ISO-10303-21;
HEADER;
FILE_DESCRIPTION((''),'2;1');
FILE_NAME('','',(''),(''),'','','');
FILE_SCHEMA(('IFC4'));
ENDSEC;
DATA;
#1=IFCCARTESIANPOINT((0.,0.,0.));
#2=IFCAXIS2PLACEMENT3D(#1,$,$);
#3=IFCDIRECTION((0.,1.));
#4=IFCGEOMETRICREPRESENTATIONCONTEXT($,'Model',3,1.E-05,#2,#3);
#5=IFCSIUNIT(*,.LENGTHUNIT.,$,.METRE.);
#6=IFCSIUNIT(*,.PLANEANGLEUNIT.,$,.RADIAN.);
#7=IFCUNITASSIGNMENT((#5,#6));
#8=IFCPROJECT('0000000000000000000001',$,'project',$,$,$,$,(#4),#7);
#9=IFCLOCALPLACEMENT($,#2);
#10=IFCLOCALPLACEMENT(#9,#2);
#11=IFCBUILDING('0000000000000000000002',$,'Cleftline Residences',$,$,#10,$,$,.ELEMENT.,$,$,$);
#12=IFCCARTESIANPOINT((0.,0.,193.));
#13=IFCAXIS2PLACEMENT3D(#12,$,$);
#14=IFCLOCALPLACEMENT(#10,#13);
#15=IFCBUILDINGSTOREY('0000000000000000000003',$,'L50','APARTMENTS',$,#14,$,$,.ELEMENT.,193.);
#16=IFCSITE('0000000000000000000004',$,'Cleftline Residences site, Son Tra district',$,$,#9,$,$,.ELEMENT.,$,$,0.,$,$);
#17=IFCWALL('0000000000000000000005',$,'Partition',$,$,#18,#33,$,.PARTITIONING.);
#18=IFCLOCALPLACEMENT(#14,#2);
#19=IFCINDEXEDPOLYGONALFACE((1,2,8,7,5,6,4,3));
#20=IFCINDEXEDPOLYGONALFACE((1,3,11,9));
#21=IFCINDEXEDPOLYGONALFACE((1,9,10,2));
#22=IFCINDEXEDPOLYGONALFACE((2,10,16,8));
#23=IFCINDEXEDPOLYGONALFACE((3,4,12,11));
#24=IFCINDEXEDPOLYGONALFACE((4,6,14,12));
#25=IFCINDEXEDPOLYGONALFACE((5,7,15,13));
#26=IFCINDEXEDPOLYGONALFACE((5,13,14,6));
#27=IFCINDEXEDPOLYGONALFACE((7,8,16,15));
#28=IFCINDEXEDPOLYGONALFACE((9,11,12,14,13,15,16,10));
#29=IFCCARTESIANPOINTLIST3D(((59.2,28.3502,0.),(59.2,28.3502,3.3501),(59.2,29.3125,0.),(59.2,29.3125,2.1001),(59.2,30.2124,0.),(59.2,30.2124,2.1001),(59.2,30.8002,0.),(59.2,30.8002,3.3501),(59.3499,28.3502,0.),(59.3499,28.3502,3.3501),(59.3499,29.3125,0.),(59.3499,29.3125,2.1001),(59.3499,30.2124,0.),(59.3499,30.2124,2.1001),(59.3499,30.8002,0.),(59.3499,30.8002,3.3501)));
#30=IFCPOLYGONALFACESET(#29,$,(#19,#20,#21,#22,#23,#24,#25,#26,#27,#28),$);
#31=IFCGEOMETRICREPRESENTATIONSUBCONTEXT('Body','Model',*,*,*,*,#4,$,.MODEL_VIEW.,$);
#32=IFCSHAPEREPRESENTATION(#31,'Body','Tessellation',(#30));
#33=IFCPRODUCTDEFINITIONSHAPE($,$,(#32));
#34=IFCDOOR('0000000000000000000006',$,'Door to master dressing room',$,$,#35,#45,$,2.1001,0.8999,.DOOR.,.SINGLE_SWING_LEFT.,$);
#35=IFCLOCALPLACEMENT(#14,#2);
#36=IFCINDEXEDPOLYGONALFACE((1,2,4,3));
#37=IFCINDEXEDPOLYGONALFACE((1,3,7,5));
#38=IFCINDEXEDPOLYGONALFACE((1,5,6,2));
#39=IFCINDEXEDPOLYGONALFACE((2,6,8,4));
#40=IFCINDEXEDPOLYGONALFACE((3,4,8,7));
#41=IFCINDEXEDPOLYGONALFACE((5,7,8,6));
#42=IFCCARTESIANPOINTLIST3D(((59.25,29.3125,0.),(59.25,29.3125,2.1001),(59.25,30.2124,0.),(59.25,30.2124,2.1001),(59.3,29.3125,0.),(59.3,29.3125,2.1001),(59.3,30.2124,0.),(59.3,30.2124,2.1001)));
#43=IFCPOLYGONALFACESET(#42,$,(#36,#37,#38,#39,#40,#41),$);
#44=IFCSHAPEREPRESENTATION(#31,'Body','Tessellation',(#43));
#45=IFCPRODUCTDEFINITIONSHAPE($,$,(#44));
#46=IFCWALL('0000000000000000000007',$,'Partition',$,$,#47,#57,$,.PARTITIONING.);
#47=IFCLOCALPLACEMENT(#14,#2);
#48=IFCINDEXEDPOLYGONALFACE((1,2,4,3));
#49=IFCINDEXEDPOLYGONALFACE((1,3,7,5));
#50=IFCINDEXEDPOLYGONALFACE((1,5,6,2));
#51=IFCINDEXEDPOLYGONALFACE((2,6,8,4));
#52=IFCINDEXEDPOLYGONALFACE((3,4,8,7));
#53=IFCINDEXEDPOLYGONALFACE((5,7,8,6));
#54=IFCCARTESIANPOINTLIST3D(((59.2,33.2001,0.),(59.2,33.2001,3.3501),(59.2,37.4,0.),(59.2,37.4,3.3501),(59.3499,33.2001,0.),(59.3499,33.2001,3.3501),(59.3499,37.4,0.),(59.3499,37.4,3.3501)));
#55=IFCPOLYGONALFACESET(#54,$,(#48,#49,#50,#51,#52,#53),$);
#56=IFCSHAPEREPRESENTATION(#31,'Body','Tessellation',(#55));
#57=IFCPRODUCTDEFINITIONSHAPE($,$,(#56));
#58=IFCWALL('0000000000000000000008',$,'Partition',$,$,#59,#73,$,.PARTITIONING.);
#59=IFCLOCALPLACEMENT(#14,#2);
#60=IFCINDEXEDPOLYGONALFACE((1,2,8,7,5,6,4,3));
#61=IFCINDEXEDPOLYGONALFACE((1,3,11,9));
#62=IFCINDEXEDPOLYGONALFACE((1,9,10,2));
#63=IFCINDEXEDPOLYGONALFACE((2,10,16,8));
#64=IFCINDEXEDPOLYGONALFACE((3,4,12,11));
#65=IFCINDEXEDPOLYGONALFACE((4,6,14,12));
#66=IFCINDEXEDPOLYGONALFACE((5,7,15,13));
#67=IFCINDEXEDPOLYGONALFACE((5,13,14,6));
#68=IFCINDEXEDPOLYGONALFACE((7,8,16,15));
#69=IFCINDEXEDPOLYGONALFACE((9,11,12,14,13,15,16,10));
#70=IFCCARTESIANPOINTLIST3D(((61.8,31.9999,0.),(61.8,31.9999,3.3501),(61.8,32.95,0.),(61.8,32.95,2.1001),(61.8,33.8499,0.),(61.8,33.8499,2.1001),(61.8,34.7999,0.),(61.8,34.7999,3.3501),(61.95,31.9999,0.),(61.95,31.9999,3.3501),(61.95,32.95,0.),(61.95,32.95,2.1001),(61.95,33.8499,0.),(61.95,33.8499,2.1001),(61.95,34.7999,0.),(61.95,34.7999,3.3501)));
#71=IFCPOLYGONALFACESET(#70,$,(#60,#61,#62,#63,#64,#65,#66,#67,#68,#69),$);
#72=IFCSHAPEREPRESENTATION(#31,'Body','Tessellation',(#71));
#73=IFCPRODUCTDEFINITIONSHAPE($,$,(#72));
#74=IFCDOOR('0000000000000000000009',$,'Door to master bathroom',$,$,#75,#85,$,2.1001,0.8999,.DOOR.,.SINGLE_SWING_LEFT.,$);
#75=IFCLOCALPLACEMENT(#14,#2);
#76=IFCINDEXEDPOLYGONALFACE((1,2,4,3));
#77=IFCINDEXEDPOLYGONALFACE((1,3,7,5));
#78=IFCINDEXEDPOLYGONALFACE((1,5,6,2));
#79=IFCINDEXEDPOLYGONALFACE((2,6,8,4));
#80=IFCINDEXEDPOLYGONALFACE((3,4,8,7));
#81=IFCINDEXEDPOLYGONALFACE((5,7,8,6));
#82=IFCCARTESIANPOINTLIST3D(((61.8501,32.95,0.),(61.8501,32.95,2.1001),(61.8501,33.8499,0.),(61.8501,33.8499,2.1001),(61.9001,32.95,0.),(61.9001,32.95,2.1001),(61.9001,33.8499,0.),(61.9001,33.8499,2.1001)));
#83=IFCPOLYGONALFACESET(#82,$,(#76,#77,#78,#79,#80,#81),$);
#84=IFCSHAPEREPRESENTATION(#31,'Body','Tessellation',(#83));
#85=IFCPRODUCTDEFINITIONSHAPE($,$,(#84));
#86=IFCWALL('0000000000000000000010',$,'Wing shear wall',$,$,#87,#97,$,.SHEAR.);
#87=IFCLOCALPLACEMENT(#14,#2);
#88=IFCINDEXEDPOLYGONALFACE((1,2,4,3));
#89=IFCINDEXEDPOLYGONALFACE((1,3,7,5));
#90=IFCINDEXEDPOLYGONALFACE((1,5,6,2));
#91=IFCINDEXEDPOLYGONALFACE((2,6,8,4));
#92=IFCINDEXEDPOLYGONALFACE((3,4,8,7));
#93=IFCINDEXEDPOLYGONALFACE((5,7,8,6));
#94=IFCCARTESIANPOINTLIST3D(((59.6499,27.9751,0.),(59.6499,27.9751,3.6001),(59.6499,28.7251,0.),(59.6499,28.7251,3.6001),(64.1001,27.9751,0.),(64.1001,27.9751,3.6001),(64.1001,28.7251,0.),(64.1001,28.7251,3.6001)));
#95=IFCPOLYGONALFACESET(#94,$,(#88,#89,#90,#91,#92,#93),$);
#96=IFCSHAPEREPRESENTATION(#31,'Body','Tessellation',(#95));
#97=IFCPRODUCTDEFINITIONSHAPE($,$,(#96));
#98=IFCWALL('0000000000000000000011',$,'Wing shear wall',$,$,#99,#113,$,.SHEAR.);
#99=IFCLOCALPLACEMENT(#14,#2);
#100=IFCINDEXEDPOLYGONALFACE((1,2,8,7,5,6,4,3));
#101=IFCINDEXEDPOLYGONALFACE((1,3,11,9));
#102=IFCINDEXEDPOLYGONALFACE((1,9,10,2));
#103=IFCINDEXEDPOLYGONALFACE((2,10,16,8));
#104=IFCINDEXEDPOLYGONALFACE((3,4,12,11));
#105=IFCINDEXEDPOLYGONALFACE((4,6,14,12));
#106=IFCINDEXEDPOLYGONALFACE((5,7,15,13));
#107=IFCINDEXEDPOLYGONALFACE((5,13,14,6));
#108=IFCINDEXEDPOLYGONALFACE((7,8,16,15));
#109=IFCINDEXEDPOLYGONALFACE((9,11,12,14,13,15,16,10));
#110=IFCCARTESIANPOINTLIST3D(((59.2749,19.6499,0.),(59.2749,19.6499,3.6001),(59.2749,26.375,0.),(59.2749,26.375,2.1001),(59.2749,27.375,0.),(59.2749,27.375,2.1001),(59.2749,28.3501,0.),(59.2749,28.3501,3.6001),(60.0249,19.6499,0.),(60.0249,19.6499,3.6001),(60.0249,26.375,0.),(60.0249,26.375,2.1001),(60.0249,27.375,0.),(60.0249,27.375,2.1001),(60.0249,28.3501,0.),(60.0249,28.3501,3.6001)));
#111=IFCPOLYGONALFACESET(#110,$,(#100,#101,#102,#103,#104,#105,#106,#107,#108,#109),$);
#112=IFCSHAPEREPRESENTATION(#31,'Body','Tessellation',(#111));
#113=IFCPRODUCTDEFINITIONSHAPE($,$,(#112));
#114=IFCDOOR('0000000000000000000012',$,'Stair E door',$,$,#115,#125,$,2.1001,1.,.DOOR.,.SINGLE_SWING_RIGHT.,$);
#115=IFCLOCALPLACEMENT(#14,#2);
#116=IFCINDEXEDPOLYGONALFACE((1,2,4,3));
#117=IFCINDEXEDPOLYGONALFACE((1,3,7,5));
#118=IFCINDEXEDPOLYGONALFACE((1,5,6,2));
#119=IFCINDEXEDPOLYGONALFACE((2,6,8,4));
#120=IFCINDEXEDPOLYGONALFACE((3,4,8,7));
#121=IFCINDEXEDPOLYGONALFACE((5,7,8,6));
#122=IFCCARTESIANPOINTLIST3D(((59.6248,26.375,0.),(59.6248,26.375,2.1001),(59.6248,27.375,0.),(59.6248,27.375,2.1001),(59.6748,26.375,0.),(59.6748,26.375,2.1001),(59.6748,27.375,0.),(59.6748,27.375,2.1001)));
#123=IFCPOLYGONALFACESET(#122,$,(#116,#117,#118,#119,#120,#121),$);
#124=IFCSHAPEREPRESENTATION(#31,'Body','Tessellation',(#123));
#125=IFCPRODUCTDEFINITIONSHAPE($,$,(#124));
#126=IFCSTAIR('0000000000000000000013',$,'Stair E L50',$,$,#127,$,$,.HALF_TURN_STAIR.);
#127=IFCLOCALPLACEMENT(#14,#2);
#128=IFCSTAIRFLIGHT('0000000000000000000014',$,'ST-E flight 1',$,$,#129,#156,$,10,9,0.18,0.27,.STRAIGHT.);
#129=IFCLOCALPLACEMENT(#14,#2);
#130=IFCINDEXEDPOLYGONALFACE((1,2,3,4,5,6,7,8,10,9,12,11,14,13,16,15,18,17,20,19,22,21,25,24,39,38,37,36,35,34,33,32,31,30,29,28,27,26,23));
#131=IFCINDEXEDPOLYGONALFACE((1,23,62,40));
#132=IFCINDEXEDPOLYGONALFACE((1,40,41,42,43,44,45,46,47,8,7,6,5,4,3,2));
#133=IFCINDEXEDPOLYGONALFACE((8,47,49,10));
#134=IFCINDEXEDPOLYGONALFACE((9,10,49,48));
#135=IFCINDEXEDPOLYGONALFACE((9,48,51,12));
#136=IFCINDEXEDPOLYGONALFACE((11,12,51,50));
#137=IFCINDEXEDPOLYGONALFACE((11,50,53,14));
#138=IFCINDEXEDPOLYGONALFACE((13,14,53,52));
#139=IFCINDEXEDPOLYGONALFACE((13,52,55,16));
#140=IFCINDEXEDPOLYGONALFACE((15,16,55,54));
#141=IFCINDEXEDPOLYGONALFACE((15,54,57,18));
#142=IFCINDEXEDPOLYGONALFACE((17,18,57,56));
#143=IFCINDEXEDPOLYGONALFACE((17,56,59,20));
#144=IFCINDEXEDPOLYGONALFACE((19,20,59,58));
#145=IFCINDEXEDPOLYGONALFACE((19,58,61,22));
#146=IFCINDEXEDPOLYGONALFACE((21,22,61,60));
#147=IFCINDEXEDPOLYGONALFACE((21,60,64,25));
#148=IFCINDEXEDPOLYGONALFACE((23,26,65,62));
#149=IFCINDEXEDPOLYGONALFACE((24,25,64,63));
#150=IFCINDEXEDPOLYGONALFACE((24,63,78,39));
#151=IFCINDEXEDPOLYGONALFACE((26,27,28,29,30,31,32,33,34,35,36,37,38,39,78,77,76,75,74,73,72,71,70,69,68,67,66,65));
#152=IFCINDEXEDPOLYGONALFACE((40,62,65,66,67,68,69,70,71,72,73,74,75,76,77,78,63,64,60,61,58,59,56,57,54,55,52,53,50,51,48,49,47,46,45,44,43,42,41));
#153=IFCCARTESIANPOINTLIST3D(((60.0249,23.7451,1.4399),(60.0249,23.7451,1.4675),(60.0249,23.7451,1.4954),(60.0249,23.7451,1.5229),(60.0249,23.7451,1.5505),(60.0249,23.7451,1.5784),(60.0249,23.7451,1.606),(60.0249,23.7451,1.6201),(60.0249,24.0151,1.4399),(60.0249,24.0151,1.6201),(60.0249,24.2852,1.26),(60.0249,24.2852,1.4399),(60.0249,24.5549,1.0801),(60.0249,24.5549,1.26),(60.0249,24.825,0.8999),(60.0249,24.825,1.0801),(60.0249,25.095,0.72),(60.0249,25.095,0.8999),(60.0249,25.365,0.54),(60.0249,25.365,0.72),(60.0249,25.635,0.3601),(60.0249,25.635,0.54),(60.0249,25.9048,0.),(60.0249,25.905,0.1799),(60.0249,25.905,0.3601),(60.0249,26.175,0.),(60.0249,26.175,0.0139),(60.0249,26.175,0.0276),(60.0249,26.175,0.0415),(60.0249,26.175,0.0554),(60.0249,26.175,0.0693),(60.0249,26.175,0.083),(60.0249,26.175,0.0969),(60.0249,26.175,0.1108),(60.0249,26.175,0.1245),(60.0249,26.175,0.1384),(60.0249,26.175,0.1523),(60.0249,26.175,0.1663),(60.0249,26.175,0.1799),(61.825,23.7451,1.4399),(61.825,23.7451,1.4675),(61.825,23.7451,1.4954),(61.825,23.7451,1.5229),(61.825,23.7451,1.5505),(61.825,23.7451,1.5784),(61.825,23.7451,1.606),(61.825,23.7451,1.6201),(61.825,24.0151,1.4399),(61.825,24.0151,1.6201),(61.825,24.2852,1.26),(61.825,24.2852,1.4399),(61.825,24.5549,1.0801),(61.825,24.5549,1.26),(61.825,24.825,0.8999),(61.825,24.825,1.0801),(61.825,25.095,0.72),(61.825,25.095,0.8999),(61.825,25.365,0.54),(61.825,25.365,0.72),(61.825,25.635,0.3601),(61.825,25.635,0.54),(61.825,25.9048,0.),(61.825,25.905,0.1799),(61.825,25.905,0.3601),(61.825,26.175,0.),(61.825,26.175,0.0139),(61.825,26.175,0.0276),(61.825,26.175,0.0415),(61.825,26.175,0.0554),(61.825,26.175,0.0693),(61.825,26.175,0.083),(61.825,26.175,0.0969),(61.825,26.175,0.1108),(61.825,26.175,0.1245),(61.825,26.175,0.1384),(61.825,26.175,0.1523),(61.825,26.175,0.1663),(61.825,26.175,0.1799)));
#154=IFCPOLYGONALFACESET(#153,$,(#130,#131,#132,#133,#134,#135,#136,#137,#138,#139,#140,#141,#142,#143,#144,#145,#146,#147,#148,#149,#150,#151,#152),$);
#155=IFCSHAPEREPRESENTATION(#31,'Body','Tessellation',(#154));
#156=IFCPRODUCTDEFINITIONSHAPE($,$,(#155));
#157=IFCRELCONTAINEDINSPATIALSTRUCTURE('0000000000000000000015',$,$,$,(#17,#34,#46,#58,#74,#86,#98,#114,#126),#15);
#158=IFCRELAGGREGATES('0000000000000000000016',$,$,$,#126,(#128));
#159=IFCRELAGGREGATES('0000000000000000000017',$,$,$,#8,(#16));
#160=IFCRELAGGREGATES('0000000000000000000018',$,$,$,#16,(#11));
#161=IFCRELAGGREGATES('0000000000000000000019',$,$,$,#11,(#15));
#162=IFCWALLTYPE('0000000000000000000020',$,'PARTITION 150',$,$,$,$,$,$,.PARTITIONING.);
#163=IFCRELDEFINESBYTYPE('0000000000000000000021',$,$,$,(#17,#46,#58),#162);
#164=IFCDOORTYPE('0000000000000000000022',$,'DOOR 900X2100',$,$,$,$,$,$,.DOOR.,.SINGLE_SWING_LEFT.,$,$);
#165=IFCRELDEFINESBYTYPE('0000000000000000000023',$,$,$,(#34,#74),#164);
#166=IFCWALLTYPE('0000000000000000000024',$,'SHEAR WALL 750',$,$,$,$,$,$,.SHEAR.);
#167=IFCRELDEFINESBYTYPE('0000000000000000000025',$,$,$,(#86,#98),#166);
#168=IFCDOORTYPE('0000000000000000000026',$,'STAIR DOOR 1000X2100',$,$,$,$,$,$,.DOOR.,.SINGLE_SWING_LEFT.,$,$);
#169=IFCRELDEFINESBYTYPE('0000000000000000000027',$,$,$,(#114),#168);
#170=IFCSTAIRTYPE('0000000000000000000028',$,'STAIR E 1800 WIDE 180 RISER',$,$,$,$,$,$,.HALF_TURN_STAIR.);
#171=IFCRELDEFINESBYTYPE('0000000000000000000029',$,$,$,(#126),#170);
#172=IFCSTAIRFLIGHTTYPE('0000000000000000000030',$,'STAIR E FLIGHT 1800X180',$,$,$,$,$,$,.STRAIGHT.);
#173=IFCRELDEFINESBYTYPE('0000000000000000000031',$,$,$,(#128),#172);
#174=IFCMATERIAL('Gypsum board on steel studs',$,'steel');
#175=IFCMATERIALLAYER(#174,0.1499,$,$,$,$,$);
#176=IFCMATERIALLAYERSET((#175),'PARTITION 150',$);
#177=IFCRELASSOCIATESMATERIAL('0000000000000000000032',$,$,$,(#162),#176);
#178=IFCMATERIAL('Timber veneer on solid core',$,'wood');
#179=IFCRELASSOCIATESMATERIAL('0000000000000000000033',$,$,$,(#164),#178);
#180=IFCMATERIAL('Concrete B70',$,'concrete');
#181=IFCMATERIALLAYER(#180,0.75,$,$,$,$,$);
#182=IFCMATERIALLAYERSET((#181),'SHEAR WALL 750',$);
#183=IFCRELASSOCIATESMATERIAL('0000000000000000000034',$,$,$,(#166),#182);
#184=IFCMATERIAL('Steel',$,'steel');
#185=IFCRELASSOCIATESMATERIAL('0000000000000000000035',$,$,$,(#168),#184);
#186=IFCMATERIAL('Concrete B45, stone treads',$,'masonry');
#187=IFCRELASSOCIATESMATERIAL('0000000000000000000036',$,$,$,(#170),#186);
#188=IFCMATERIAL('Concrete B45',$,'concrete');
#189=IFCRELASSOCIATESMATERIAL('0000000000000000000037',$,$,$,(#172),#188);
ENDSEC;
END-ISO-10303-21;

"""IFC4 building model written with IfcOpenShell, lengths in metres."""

from ifc_helpers import new_model, si_unit, direction, frame, frame_2d, origin, place, context, subcontext, project, spatial, polyline, rectangle, outline, extrude, material, layer, layer_set, type_object, element, fill, aggregate, save


model = new_model("IFC4")

# Units and contexts
model_context = context("Model", 3, precision=1e-05, world=origin(), true_north=direction((0.0, 1.0)))
body_context = subcontext(model_context, "Body", "Model", "MODEL_VIEW")
ifc_project = project(units=[si_unit("LENGTHUNIT", "METRE"), si_unit("PLANEANGLEUNIT", "RADIAN")], contexts=[model_context])

# Site, building, storey
site_placement = place(None, origin())
site = spatial("IfcSite", under=ifc_project, at=site_placement, Name="Cleftline Residences site, Son Tra district", CompositionType="ELEMENT", RefElevation=0.0)
building_placement = place(site_placement, origin())
building = spatial("IfcBuilding", under=site, at=building_placement, Name="Cleftline Residences", CompositionType="ELEMENT")
storey_placement = place(building_placement, frame((0.0, 0.0, 193.0)))
storey = spatial("IfcBuildingStorey", under=building, at=storey_placement, Name="L50", Description="APARTMENTS", CompositionType="ELEMENT", Elevation=193.0)

# Shared definitions
ifc_material_1 = material(Name="Gypsum board on steel studs", Category="steel")
ifc_layer_1 = layer(ifc_material_1, 0.1499)
ifc_layer_set_1 = layer_set([ifc_layer_1], Name="PARTITION 150")
wall_type_1 = type_object("IfcWallType", Name="PARTITION 150", PredefinedType="PARTITIONING", material=ifc_layer_set_1)

# Wall, opening, door
wall_1_placement = place(storey_placement, frame((59.2749, 28.3501, 0.0), z_axis=(0.0, 0.0, 1.0), x_axis=(0.0, 1.0, 0.0)))
wall_1 = element("IfcWall", 1, at=wall_1_placement, inside=storey, type_object=wall_type_1, Name="Partition", PredefinedType="PARTITIONING", context=body_context, shape_type="SweptSolid", body=[
    extrude(rectangle(XDim=2.45, YDim=0.1499, at=frame_2d((1.2251, 0.0))), origin(), (0.0, 0.0, 1.0), 3.3501),
])
opening_1_placement = place(wall_1_placement, frame((0.9624, 0.0, 0.0)))
opening_1 = element("IfcOpeningElement", 2, at=opening_1_placement, cuts=wall_1, PredefinedType="OPENING", context=body_context, shape_type="SweptSolid", body=[
    extrude(rectangle(XDim=0.8999, YDim=2.1001, at=frame_2d((0.45, 1.05))), frame((0.0, 0.085, 0.0), z_axis=(0.0, -1.0, 0.0), x_axis=(1.0, 0.0, 0.0)), (0.0, 0.0, 1.0), 0.1699),
])
ifc_material_2 = material(Name="Timber veneer on solid core", Category="wood")
door_type_1 = type_object("IfcDoorType", Name="DOOR 900X2100", OperationType="SINGLE_SWING_LEFT", PredefinedType="DOOR", material=ifc_material_2)
door_1_placement = place(opening_1_placement, origin())
door_1 = element("IfcDoor", 3, at=door_1_placement, inside=storey, type_object=door_type_1, Name="Door to master dressing room", OperationType="SINGLE_SWING_LEFT", OverallHeight=2.1001, OverallWidth=0.8999, PredefinedType="DOOR", context=body_context, shape_type="SweptSolid", body=[
    extrude(rectangle(XDim=0.8999, YDim=2.1001, at=frame_2d((0.45, 1.05))), frame((0.0, 0.0249, 0.0), z_axis=(0.0, -1.0, 0.0), x_axis=(1.0, 0.0, 0.0)), (0.0, 0.0, 1.0), 0.05),
])
fill(opening_1, door_1)

# Wall
wall_2_placement = place(storey_placement, frame((59.2749, 33.2, 0.0), z_axis=(0.0, 0.0, 1.0), x_axis=(0.0, 1.0, 0.0)))
element("IfcWall", 4, at=wall_2_placement, inside=storey, type_object=wall_type_1, Name="Partition", PredefinedType="PARTITIONING", context=body_context, shape_type="SweptSolid", body=[
    extrude(rectangle(XDim=4.2, YDim=0.1499, at=frame_2d((2.1001, 0.0))), origin(), (0.0, 0.0, 1.0), 3.3501),
])

# Wall, opening, door
wall_3_placement = place(storey_placement, frame((61.875, 32.0, 0.0), z_axis=(0.0, 0.0, 1.0), x_axis=(0.0, 1.0, 0.0)))
wall_3 = element("IfcWall", 5, at=wall_3_placement, inside=storey, type_object=wall_type_1, Name="Partition", PredefinedType="PARTITIONING", context=body_context, shape_type="SweptSolid", body=[
    extrude(rectangle(XDim=2.8, YDim=0.1499, at=frame_2d((1.3999, 0.0))), origin(), (0.0, 0.0, 1.0), 3.3501),
])
opening_2_placement = place(wall_3_placement, frame((0.95, 0.0, 0.0)))
opening_2 = element("IfcOpeningElement", 6, at=opening_2_placement, cuts=wall_3, PredefinedType="OPENING", context=body_context, shape_type="SweptSolid", body=[
    extrude(rectangle(XDim=0.8999, YDim=2.1001, at=frame_2d((0.45, 1.05))), frame((0.0, 0.085, 0.0), z_axis=(0.0, -1.0, 0.0), x_axis=(1.0, 0.0, 0.0)), (0.0, 0.0, 1.0), 0.1699),
])
door_2_placement = place(opening_2_placement, origin())
door_2 = element("IfcDoor", 7, at=door_2_placement, inside=storey, type_object=door_type_1, Name="Door to master bathroom", OperationType="SINGLE_SWING_LEFT", OverallHeight=2.1001, OverallWidth=0.8999, PredefinedType="DOOR", context=body_context, shape_type="SweptSolid", body=[
    extrude(rectangle(XDim=0.8999, YDim=2.1001, at=frame_2d((0.45, 1.05))), frame((0.0, 0.0249, 0.0), z_axis=(0.0, -1.0, 0.0), x_axis=(1.0, 0.0, 0.0)), (0.0, 0.0, 1.0), 0.05),
])
fill(opening_2, door_2)

# Wall
ifc_material_3 = material(Name="Concrete B70", Category="concrete")
ifc_layer_2 = layer(ifc_material_3, 0.75)
ifc_layer_set_2 = layer_set([ifc_layer_2], Name="SHEAR WALL 750")
wall_type_2 = type_object("IfcWallType", Name="SHEAR WALL 750", PredefinedType="SHEAR", material=ifc_layer_set_2)
wall_4_placement = place(storey_placement, frame((64.1001, 28.3501, 0.0), z_axis=(0.0, 0.0, 1.0), x_axis=(-1.0, 0.0, 0.0)))
element("IfcWall", 8, at=wall_4_placement, inside=storey, type_object=wall_type_2, Name="Wing shear wall", PredefinedType="SHEAR", context=body_context, shape_type="SweptSolid", body=[
    extrude(rectangle(XDim=4.4502, YDim=0.75, at=frame_2d((2.2251, 0.0))), origin(), (0.0, 0.0, 1.0), 3.6001),
])

# Wall, opening, door
wall_5_placement = place(storey_placement, frame((59.6499, 28.3501, 0.0), z_axis=(0.0, 0.0, 1.0), x_axis=(0.0, -1.0, 0.0)))
wall_5 = element("IfcWall", 9, at=wall_5_placement, inside=storey, type_object=wall_type_2, Name="Wing shear wall", PredefinedType="SHEAR", context=body_context, shape_type="SweptSolid", body=[
    extrude(rectangle(XDim=8.7002, YDim=0.75, at=frame_2d((4.3501, 0.0))), origin(), (0.0, 0.0, 1.0), 3.6001),
])
opening_3_placement = place(wall_5_placement, frame((0.9751, 0.0, 0.0)))
opening_3 = element("IfcOpeningElement", 10, at=opening_3_placement, cuts=wall_5, PredefinedType="OPENING", context=body_context, shape_type="SweptSolid", body=[
    extrude(rectangle(XDim=1.0, YDim=2.1001, at=frame_2d((0.5, 1.05))), frame((0.0, 0.385, 0.0), z_axis=(0.0, -1.0, 0.0), x_axis=(1.0, 0.0, 0.0)), (0.0, 0.0, 1.0), 0.77),
])
ifc_material_4 = material(Name="Steel", Category="steel")
door_type_2 = type_object("IfcDoorType", Name="STAIR DOOR 1000X2100", OperationType="SINGLE_SWING_LEFT", PredefinedType="DOOR", material=ifc_material_4)
door_3_placement = place(opening_3_placement, origin())
door_3 = element("IfcDoor", 11, at=door_3_placement, inside=storey, type_object=door_type_2, Name="Stair E door", OperationType="SINGLE_SWING_RIGHT", OverallHeight=2.1001, OverallWidth=1.0, PredefinedType="DOOR", context=body_context, shape_type="SweptSolid", body=[
    extrude(rectangle(XDim=1.0, YDim=2.1001, at=frame_2d((0.5, 1.05))), frame((0.0, 0.0249, 0.0), z_axis=(0.0, -1.0, 0.0), x_axis=(1.0, 0.0, 0.0)), (0.0, 0.0, 1.0), 0.05),
])
fill(opening_3, door_3)

# Stair, stair flight
ifc_material_5 = material(Name="Concrete B45, stone treads", Category="masonry")
stair_type = type_object("IfcStairType", Name="STAIR E 1800 WIDE 180 RISER", PredefinedType="HALF_TURN_STAIR", material=ifc_material_5)
stair_placement = place(storey_placement, origin())
stair = element("IfcStair", 12, at=stair_placement, inside=storey, type_object=stair_type, Name="Stair E L50", PredefinedType="HALF_TURN_STAIR")
ifc_material_6 = material(Name="Concrete B45", Category="concrete")
stair_flight_type = type_object("IfcStairFlightType", Name="STAIR E FLIGHT 1800X180", PredefinedType="STRAIGHT", material=ifc_material_6)
stair_flight_placement = place(storey_placement, frame((60.925, 26.175, 0.0), z_axis=(0.0, 0.0, 1.0), x_axis=(0.0, -1.0, 0.0)))
stair_flight = element("IfcStairFlight", 13, at=stair_flight_placement, type_object=stair_flight_type, Name="ST-E flight 1", NumberOfRisers=10, NumberOfTreads=9, PredefinedType="STRAIGHT", RiserHeight=0.18, TreadLength=0.27, context=body_context, shape_type="SweptSolid", body=[
    extrude(outline(polyline([(0.0, 0.0), (0.0, 0.0139), (0.0, 0.0276), (0.0, 0.0415), (0.0, 0.0554), (0.0, 0.0693), (0.0, 0.083), (0.0, 0.0969), (0.0, 0.1108), (0.0, 0.1245), (0.0, 0.1384), (0.0, 0.1523), (0.0, 0.1663), (0.0, 0.1799), (0.27, 0.1799), (0.27, 0.3601), (0.54, 0.3601), (0.54, 0.54), (0.8101, 0.54), (0.8101, 0.72), (1.0801, 0.72), (1.0801, 0.8999), (1.3501, 0.8999), (1.3501, 1.0801), (1.6201, 1.0801), (1.6201, 1.26), (1.8899, 1.26), (1.8899, 1.4399), (2.1599, 1.4399), (2.1599, 1.6201), (2.4299, 1.6201), (2.4299, 1.8), (2.4299, 1.7722), (2.4299, 1.7446), (2.4299, 1.7168), (2.4299, 1.6892), (2.4299, 1.6614), (2.4299, 1.6338), (2.4299, 1.606), (2.4299, 1.5784), (2.4299, 1.5505), (2.4299, 1.5229), (2.4299, 1.4954), (2.4299, 1.4675), (2.4299, 1.4399), (0.2703, 0.0), (0.0, 0.0)])), frame((0.0, 0.8999, 0.0), z_axis=(0.0, -1.0, 0.0), x_axis=(1.0, 0.0, 0.0)), (0.0, 0.0, 1.0), 1.8),
])
aggregate(stair, [stair_flight])

save(model, "model.ifc")
